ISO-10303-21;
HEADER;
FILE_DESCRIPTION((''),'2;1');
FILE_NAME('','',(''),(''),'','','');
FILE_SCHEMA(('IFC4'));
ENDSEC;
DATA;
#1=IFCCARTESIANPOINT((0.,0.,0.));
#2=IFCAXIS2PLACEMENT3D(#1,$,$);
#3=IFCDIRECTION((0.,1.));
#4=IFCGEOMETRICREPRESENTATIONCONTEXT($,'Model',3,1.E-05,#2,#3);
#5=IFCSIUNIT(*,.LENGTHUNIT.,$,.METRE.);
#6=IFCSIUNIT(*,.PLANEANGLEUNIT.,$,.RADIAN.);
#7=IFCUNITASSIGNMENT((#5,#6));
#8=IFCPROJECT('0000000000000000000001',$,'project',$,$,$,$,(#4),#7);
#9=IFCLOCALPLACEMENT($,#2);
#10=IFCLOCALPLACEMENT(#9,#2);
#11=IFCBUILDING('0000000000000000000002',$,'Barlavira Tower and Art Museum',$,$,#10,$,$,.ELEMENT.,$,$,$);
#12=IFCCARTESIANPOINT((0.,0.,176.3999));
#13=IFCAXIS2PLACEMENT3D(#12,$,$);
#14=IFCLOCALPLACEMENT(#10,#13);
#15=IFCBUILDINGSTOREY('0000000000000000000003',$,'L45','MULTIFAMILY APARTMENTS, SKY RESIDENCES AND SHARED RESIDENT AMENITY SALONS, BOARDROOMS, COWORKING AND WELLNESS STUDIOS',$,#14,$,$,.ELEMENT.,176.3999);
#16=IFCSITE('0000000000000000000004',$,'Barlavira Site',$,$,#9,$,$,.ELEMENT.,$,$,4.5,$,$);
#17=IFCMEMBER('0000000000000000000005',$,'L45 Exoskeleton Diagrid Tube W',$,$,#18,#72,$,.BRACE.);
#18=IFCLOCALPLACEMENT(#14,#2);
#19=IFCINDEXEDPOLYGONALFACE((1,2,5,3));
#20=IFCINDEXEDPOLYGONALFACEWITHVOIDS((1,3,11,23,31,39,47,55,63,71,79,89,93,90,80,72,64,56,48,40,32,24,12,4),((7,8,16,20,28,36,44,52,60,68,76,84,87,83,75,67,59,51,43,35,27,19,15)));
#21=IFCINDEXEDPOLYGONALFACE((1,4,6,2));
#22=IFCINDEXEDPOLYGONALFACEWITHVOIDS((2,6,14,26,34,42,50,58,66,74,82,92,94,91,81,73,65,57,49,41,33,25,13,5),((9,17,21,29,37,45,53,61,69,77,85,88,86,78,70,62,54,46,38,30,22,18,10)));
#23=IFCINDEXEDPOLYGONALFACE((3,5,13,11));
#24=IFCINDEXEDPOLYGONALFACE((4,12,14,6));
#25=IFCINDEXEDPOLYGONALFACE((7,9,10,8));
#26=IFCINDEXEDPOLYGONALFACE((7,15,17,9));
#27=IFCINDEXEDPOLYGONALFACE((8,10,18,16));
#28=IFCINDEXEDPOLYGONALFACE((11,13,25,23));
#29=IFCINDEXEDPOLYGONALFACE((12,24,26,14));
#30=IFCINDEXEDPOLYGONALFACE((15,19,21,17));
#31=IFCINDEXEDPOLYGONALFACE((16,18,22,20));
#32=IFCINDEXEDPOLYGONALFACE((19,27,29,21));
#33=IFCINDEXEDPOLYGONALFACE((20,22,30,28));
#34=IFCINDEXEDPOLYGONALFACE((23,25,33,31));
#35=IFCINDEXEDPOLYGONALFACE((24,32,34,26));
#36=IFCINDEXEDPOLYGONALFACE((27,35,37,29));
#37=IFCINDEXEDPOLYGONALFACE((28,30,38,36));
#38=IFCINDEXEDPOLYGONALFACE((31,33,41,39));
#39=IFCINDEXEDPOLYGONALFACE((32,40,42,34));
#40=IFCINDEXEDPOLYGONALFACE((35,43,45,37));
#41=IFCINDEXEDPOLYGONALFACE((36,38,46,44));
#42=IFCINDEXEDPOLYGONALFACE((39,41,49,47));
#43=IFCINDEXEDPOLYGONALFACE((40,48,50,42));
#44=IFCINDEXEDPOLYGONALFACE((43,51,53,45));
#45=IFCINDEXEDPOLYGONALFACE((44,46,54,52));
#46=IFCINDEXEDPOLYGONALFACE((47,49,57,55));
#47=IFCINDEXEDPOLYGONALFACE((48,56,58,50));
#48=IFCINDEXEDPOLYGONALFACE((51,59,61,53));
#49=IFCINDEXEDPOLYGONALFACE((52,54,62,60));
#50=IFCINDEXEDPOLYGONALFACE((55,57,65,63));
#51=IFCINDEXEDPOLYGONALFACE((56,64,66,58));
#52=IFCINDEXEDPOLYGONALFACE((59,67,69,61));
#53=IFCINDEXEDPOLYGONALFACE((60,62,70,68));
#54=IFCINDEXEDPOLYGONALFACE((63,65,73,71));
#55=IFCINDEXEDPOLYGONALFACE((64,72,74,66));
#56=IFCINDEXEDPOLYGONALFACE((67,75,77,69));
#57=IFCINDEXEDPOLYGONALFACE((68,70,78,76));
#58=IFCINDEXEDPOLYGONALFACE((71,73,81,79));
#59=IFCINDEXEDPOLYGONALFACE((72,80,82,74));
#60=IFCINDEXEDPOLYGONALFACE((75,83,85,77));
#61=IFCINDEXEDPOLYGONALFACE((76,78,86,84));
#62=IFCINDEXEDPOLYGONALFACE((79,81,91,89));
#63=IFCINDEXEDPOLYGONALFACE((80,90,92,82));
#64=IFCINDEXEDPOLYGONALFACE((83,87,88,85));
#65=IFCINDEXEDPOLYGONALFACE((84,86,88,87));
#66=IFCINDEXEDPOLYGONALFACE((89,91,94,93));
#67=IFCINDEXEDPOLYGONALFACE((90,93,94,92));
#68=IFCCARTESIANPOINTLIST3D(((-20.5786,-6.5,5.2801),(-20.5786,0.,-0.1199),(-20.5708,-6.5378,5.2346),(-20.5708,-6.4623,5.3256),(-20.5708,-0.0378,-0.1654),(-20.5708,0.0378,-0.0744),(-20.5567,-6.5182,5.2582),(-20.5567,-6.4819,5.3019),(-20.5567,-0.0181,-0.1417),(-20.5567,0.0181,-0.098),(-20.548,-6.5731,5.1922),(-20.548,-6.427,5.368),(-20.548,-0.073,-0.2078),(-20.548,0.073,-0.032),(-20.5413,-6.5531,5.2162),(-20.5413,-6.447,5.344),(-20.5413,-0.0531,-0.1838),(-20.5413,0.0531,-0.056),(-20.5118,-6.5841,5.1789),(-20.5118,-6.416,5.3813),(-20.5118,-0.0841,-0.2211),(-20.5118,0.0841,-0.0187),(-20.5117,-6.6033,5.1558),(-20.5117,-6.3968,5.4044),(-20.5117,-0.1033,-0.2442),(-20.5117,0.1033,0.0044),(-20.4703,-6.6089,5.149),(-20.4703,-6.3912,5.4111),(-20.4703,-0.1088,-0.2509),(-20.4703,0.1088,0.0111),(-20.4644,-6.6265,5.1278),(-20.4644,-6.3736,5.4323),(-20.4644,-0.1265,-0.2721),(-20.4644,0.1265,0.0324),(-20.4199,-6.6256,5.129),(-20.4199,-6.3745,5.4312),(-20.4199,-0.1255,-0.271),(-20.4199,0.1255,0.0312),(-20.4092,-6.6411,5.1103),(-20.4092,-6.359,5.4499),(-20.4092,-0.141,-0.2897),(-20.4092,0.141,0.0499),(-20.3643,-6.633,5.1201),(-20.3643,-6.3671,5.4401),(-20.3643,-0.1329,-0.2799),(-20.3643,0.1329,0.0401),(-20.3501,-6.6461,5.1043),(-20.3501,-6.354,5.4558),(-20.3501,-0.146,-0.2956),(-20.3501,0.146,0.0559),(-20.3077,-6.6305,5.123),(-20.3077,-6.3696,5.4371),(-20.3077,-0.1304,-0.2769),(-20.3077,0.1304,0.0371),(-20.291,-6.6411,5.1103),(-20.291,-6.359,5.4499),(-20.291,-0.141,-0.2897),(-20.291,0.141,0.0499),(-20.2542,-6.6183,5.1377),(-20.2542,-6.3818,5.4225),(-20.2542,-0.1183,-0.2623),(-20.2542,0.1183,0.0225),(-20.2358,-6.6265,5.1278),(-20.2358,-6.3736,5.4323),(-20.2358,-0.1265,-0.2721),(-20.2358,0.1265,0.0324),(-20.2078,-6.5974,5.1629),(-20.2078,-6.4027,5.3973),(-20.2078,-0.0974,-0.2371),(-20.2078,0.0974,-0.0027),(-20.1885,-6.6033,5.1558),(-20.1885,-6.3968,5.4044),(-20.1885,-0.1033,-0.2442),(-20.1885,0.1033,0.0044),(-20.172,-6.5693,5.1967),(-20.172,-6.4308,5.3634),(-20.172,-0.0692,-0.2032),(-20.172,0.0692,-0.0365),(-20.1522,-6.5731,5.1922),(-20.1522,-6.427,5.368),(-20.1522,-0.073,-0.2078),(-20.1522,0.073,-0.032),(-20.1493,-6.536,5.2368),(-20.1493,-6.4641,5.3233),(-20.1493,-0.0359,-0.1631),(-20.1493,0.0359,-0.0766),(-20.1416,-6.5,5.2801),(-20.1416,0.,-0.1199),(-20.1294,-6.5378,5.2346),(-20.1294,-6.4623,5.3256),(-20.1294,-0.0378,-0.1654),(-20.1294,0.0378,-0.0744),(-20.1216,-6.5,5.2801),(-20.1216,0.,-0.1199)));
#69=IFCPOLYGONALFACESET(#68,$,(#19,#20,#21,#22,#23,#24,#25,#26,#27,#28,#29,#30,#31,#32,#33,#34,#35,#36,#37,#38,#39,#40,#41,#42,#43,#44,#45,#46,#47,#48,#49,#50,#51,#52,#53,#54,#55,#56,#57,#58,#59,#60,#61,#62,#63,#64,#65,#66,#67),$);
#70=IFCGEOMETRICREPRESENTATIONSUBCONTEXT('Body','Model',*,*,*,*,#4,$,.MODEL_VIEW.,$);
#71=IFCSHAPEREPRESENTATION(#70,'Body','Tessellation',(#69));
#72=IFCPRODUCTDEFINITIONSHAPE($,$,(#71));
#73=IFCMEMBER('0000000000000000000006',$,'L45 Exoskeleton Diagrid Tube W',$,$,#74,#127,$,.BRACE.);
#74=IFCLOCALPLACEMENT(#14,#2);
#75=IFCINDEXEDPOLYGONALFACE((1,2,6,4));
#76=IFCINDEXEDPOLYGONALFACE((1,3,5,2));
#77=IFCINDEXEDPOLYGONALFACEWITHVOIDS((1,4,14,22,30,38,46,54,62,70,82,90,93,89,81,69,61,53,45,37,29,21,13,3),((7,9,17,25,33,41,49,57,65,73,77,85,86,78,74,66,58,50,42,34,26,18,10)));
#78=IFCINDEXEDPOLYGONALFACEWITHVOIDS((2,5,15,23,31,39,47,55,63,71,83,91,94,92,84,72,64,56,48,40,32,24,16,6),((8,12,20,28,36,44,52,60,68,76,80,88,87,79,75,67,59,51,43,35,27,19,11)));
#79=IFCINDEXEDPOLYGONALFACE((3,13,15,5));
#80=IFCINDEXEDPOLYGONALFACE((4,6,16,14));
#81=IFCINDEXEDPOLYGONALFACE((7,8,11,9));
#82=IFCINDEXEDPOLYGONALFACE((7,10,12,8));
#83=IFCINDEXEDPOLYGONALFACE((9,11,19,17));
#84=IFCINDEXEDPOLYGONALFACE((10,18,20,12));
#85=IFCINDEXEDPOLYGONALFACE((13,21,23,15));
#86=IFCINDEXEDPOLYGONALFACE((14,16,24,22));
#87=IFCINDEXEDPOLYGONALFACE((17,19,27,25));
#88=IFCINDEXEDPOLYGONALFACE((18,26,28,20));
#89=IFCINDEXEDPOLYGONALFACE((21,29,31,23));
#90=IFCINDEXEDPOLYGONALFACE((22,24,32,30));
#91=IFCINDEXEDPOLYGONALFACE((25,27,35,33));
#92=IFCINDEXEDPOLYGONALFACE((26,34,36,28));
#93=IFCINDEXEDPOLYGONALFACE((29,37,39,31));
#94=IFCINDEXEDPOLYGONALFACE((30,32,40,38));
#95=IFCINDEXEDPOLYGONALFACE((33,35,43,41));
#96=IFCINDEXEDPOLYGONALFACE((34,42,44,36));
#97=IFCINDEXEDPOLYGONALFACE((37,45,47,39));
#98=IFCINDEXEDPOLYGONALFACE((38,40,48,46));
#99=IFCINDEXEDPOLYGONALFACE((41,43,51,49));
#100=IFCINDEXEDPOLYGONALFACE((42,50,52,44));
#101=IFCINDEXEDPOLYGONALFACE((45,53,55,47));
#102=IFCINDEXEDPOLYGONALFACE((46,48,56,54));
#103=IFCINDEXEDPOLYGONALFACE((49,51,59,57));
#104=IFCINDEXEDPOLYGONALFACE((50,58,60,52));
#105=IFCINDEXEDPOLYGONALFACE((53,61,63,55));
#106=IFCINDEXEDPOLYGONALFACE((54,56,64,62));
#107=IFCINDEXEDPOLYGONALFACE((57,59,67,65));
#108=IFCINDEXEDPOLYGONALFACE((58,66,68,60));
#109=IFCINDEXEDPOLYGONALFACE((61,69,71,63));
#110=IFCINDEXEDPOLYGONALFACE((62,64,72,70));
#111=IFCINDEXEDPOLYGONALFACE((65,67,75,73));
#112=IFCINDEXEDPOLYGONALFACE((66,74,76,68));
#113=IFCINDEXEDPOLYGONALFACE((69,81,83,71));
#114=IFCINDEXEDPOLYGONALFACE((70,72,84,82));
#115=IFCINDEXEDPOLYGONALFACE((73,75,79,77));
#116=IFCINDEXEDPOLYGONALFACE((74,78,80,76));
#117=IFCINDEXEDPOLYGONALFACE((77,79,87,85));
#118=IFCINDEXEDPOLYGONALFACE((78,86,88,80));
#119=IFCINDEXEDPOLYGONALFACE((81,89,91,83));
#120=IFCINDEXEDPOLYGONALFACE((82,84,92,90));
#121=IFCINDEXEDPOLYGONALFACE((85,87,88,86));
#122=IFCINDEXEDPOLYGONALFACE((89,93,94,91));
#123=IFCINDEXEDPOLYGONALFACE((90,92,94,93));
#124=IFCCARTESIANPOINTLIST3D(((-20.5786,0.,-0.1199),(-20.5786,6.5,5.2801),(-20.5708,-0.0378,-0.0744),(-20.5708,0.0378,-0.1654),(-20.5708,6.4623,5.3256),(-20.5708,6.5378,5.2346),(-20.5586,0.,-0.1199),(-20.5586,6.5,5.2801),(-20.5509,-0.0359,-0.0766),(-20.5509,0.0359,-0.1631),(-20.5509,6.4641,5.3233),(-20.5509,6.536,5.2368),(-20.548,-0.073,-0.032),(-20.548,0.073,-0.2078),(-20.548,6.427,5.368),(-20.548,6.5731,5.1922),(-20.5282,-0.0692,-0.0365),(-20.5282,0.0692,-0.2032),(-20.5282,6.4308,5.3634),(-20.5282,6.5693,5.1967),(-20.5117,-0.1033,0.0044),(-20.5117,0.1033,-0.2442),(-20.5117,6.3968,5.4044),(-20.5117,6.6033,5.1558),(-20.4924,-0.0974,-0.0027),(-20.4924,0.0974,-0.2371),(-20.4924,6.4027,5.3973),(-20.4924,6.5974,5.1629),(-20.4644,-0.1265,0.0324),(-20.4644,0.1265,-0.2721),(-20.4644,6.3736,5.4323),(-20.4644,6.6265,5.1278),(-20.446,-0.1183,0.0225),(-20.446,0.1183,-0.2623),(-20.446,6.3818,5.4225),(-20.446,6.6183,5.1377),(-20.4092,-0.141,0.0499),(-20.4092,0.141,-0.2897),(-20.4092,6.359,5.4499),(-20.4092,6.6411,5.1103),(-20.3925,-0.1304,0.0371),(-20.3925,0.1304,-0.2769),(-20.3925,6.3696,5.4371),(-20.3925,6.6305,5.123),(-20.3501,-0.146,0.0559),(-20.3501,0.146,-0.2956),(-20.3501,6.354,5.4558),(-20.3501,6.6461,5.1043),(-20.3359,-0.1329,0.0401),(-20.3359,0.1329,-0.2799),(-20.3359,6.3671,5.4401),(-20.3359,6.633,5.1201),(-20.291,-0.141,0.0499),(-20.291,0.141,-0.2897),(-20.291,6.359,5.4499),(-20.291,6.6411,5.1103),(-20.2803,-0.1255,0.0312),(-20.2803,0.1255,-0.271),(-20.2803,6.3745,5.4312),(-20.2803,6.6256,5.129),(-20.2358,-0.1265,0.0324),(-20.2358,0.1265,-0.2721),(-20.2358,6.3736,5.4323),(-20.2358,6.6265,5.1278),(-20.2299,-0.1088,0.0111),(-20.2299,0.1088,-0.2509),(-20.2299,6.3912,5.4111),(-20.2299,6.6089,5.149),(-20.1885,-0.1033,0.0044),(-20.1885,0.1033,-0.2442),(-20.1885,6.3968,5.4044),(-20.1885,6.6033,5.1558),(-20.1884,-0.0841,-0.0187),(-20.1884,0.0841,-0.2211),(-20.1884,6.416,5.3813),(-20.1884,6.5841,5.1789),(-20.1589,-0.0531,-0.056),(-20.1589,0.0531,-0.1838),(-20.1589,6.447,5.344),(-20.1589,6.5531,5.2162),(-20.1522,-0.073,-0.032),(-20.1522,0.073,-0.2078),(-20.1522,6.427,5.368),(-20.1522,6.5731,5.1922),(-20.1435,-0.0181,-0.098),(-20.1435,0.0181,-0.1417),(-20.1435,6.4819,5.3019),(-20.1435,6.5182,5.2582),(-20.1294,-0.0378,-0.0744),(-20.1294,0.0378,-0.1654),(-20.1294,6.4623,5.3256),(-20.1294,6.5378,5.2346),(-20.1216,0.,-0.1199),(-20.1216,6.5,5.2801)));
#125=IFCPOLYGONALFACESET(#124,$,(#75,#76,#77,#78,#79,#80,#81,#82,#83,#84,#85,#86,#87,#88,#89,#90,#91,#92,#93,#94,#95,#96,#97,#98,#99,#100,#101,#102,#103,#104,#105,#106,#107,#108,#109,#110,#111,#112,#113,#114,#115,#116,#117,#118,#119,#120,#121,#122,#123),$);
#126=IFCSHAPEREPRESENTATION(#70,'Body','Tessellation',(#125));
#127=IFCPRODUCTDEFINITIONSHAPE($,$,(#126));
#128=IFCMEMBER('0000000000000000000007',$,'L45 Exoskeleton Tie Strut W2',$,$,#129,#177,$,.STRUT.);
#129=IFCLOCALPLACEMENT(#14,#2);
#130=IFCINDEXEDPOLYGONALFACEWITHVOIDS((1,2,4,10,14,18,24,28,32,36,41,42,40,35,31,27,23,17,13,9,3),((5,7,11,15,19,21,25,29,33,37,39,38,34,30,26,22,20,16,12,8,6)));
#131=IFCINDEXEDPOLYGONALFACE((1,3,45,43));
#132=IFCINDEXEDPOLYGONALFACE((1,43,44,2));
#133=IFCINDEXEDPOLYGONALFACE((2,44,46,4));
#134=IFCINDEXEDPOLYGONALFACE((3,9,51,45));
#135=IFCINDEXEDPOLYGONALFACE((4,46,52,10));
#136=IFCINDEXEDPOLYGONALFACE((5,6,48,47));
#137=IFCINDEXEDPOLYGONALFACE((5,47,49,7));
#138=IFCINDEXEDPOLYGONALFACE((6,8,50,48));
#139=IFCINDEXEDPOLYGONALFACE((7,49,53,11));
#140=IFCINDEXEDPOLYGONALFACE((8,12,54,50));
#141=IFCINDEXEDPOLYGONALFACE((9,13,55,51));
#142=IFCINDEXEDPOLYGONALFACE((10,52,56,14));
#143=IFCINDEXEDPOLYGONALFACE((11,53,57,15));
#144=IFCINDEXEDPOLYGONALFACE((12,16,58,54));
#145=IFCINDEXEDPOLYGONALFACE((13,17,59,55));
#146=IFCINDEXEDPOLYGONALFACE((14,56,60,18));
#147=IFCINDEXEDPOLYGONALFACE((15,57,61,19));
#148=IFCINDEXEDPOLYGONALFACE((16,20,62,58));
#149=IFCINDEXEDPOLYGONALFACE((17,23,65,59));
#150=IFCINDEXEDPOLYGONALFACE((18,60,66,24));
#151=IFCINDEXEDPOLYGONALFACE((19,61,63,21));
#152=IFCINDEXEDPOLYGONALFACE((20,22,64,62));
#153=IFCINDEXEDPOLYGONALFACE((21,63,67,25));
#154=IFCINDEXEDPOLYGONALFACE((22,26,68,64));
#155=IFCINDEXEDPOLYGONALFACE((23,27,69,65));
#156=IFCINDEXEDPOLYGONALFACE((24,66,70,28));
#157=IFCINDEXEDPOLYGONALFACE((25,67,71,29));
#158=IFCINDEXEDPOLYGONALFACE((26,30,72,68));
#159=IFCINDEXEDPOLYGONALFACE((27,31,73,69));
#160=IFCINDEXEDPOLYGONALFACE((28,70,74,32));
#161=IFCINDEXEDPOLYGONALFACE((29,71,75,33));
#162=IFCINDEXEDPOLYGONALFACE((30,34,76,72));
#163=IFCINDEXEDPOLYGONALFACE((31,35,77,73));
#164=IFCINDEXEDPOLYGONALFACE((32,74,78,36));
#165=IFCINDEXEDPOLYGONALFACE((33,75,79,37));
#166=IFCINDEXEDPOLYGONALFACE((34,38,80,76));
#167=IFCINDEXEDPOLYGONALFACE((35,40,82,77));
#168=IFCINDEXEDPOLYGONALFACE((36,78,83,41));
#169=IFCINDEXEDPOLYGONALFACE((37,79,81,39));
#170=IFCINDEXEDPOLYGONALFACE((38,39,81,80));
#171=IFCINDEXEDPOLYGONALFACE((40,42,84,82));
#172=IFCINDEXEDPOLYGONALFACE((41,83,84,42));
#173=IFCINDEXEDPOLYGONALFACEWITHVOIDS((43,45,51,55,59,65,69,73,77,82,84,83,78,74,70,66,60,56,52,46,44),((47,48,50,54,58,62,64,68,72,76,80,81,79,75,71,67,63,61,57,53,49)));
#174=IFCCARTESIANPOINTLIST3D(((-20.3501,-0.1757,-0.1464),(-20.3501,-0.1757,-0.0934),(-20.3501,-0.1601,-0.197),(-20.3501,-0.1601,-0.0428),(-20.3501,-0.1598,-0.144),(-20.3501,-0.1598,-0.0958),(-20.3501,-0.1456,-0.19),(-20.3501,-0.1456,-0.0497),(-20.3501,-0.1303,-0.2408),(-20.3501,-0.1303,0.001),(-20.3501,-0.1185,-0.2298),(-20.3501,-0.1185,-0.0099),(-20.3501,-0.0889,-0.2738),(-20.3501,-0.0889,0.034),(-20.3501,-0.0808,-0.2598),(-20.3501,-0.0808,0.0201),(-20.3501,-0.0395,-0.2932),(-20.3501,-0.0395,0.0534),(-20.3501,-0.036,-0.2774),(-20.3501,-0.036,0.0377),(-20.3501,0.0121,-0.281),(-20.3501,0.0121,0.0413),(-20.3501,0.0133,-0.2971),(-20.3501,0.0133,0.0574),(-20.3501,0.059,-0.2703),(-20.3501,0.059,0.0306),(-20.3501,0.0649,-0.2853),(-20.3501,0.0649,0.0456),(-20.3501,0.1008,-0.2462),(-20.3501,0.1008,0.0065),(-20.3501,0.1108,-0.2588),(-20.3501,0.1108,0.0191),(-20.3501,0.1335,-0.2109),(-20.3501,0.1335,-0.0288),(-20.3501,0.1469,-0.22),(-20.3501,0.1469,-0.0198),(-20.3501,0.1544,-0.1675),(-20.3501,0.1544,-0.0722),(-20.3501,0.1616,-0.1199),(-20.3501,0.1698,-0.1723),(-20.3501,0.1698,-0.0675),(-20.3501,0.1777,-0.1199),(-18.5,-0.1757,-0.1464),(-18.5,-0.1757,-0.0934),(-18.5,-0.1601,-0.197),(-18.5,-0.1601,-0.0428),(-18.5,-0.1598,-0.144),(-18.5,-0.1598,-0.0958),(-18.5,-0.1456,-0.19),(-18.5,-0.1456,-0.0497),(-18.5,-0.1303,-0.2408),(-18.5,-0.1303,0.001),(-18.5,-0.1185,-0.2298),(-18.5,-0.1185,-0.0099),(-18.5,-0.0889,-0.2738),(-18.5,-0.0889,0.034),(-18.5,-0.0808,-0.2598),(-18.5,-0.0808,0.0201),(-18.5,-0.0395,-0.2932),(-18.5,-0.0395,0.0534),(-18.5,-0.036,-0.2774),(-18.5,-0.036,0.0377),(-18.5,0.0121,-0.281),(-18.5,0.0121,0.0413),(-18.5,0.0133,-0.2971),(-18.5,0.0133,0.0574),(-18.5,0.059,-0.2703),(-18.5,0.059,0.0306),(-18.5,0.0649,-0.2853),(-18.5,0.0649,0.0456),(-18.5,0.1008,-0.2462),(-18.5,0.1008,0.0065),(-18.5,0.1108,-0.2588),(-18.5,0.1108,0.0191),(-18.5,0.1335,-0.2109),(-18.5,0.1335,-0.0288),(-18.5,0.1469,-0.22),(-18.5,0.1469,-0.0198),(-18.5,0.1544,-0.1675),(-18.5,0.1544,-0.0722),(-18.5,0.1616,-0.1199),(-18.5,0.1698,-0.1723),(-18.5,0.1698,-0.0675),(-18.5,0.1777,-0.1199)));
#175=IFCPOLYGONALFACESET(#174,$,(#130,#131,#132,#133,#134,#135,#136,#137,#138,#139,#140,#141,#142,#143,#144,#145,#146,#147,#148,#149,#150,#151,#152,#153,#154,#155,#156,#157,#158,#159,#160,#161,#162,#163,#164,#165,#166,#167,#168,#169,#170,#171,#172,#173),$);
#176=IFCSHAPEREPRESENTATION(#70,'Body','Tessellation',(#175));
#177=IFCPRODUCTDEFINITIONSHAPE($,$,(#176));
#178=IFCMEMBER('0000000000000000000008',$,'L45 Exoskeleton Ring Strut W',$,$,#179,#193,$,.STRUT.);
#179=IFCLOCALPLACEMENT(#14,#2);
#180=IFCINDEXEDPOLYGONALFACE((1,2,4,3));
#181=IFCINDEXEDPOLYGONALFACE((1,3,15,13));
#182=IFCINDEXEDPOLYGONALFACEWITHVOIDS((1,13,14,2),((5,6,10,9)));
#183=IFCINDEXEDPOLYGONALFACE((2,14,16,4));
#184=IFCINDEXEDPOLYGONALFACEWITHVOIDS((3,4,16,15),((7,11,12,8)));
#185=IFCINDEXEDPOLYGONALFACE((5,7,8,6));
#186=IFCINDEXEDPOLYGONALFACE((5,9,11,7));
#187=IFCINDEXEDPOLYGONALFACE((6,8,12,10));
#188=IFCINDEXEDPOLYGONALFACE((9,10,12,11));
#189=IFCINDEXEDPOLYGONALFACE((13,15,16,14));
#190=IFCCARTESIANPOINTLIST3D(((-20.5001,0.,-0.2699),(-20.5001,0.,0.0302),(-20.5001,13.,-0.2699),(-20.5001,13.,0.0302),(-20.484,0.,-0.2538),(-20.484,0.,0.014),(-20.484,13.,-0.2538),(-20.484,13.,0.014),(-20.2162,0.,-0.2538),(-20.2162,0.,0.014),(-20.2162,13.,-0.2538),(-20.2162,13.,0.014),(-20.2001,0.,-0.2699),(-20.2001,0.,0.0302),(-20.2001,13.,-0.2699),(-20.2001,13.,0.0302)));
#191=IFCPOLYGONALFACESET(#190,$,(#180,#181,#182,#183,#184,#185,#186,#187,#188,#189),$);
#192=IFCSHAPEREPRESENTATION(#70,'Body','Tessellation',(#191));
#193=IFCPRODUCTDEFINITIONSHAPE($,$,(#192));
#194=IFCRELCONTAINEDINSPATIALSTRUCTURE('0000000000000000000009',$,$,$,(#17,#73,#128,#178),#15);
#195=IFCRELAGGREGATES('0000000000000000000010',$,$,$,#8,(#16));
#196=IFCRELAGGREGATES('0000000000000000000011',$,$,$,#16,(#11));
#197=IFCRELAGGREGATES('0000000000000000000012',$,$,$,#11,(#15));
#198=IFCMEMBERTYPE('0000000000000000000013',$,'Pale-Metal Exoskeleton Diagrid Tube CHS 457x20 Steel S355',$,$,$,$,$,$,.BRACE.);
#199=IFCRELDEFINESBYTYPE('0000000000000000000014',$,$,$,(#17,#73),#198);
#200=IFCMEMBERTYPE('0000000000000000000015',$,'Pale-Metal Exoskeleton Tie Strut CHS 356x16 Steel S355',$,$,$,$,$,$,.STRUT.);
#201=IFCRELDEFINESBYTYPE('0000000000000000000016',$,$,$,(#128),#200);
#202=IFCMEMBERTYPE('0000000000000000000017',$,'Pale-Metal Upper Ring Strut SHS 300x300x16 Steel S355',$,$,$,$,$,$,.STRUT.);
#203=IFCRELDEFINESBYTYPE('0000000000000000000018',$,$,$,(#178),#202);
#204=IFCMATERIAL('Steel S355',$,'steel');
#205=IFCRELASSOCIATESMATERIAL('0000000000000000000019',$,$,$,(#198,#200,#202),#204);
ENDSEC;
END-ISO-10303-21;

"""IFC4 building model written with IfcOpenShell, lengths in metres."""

from ifc_helpers import new_model, si_unit, direction, frame, origin, origin_2d, place, context, subcontext, project, spatial, hollow_rectangle, hollow_circle, extrude, material, material_profile, profile_set, type_object, element, save


model = new_model("IFC4")

# Units and contexts
model_context = context("Model", 3, precision=1e-05, world=origin(), true_north=direction((0.0, 1.0)))
body_context = subcontext(model_context, "Body", "Model", "MODEL_VIEW")
ifc_project = project(units=[si_unit("LENGTHUNIT", "METRE"), si_unit("PLANEANGLEUNIT", "RADIAN")], contexts=[model_context])

# Site, building, storey
site_placement = place(None, origin())
site = spatial("IfcSite", under=ifc_project, at=site_placement, Name="Barlavira Site", CompositionType="ELEMENT", RefElevation=4.5)
building_placement = place(site_placement, origin())
building = spatial("IfcBuilding", under=site, at=building_placement, Name="Barlavira Tower and Art Museum", CompositionType="ELEMENT")
storey_placement = place(building_placement, frame((0.0, 0.0, 176.3999)))
storey = spatial("IfcBuildingStorey", under=building, at=storey_placement, Name="L45", Description="MULTIFAMILY APARTMENTS, SKY RESIDENCES AND SHARED RESIDENT AMENITY SALONS, BOARDROOMS, COWORKING AND WELLNESS STUDIOS", CompositionType="ELEMENT", Elevation=176.3999)

# Members
ifc_material_1 = material(Name="Steel S355", Category="steel")
ifc_material_profile_1 = material_profile(ifc_material_1, hollow_circle(Radius=0.2285, WallThickness=0.02, at=origin_2d()), Name="CHS 457.0x20.0")
ifc_profile_set_1 = profile_set([ifc_material_profile_1], Name="Steel S355")
member_type_1 = type_object("IfcMemberType", Name="Pale-Metal Exoskeleton Diagrid Tube CHS 457x20 Steel S355", PredefinedType="BRACE", material=ifc_profile_set_1)
for number, where, z_axis, x_axis, name in (
    (1, (-20.3501, 0.0, -0.1199), (0.0, -0.769196, 0.639013), (1.0, 0.0, 0.0), "L45 Exoskeleton Diagrid Tube W"),
    (2, (-20.3501, 0.0, -0.1199), (0.0, 0.769196, 0.639013), (-1.0, 0.0, 0.0), "L45 Exoskeleton Diagrid Tube W"),
):
    element("IfcMember", number, at=place(storey_placement, frame(where, z_axis=z_axis, x_axis=x_axis)), inside=storey, type_object=member_type_1, Name=name, PredefinedType="BRACE", context=body_context, shape_type="SweptSolid", body=[
        extrude(hollow_circle(Radius=0.2285, WallThickness=0.02, at=origin_2d()), origin(), (0.0, 0.0, 1.0), 8.4504),
    ])
ifc_material_profile_2 = material_profile(ifc_material_1, hollow_circle(Radius=0.1777, WallThickness=0.0161, at=origin_2d()), Name="CHS 355.6x16.0")
ifc_profile_set_2 = profile_set([ifc_material_profile_2], Name="Steel S355")
member_type_2 = type_object("IfcMemberType", Name="Pale-Metal Exoskeleton Tie Strut CHS 356x16 Steel S355", PredefinedType="STRUT", material=ifc_profile_set_2)
member_1_placement = place(storey_placement, frame((-20.3501, 0.0, -0.1199), z_axis=(1.0, 0.0, 0.0), x_axis=(0.0, 1.0, 0.0)))
element("IfcMember", 3, at=member_1_placement, inside=storey, type_object=member_type_2, Name="L45 Exoskeleton Tie Strut W2", PredefinedType="STRUT", context=body_context, shape_type="SweptSolid", body=[
    extrude(hollow_circle(Radius=0.1777, WallThickness=0.0161, at=origin_2d()), origin(), (0.0, 0.0, 1.0), 1.8501),
])
ifc_material_profile_3 = material_profile(ifc_material_1, hollow_rectangle(XDim=0.3, YDim=0.3, WallThickness=0.0161, at=origin_2d()), Name="SHS 300x300x16.0")
ifc_profile_set_3 = profile_set([ifc_material_profile_3], Name="Steel S355")
member_type_3 = type_object("IfcMemberType", Name="Pale-Metal Upper Ring Strut SHS 300x300x16 Steel S355", PredefinedType="STRUT", material=ifc_profile_set_3)
member_2_placement = place(storey_placement, frame((-20.3501, 0.0, -0.1199), z_axis=(0.0, 1.0, 0.0), x_axis=(-1.0, 0.0, 0.0)))
element("IfcMember", 4, at=member_2_placement, inside=storey, type_object=member_type_3, Name="L45 Exoskeleton Ring Strut W", PredefinedType="STRUT", context=body_context, shape_type="SweptSolid", body=[
    extrude(hollow_rectangle(XDim=0.3, YDim=0.3, WallThickness=0.0161, at=origin_2d()), origin(), (0.0, 0.0, 1.0), 13.0),
])

save(model, "model.ifc")
